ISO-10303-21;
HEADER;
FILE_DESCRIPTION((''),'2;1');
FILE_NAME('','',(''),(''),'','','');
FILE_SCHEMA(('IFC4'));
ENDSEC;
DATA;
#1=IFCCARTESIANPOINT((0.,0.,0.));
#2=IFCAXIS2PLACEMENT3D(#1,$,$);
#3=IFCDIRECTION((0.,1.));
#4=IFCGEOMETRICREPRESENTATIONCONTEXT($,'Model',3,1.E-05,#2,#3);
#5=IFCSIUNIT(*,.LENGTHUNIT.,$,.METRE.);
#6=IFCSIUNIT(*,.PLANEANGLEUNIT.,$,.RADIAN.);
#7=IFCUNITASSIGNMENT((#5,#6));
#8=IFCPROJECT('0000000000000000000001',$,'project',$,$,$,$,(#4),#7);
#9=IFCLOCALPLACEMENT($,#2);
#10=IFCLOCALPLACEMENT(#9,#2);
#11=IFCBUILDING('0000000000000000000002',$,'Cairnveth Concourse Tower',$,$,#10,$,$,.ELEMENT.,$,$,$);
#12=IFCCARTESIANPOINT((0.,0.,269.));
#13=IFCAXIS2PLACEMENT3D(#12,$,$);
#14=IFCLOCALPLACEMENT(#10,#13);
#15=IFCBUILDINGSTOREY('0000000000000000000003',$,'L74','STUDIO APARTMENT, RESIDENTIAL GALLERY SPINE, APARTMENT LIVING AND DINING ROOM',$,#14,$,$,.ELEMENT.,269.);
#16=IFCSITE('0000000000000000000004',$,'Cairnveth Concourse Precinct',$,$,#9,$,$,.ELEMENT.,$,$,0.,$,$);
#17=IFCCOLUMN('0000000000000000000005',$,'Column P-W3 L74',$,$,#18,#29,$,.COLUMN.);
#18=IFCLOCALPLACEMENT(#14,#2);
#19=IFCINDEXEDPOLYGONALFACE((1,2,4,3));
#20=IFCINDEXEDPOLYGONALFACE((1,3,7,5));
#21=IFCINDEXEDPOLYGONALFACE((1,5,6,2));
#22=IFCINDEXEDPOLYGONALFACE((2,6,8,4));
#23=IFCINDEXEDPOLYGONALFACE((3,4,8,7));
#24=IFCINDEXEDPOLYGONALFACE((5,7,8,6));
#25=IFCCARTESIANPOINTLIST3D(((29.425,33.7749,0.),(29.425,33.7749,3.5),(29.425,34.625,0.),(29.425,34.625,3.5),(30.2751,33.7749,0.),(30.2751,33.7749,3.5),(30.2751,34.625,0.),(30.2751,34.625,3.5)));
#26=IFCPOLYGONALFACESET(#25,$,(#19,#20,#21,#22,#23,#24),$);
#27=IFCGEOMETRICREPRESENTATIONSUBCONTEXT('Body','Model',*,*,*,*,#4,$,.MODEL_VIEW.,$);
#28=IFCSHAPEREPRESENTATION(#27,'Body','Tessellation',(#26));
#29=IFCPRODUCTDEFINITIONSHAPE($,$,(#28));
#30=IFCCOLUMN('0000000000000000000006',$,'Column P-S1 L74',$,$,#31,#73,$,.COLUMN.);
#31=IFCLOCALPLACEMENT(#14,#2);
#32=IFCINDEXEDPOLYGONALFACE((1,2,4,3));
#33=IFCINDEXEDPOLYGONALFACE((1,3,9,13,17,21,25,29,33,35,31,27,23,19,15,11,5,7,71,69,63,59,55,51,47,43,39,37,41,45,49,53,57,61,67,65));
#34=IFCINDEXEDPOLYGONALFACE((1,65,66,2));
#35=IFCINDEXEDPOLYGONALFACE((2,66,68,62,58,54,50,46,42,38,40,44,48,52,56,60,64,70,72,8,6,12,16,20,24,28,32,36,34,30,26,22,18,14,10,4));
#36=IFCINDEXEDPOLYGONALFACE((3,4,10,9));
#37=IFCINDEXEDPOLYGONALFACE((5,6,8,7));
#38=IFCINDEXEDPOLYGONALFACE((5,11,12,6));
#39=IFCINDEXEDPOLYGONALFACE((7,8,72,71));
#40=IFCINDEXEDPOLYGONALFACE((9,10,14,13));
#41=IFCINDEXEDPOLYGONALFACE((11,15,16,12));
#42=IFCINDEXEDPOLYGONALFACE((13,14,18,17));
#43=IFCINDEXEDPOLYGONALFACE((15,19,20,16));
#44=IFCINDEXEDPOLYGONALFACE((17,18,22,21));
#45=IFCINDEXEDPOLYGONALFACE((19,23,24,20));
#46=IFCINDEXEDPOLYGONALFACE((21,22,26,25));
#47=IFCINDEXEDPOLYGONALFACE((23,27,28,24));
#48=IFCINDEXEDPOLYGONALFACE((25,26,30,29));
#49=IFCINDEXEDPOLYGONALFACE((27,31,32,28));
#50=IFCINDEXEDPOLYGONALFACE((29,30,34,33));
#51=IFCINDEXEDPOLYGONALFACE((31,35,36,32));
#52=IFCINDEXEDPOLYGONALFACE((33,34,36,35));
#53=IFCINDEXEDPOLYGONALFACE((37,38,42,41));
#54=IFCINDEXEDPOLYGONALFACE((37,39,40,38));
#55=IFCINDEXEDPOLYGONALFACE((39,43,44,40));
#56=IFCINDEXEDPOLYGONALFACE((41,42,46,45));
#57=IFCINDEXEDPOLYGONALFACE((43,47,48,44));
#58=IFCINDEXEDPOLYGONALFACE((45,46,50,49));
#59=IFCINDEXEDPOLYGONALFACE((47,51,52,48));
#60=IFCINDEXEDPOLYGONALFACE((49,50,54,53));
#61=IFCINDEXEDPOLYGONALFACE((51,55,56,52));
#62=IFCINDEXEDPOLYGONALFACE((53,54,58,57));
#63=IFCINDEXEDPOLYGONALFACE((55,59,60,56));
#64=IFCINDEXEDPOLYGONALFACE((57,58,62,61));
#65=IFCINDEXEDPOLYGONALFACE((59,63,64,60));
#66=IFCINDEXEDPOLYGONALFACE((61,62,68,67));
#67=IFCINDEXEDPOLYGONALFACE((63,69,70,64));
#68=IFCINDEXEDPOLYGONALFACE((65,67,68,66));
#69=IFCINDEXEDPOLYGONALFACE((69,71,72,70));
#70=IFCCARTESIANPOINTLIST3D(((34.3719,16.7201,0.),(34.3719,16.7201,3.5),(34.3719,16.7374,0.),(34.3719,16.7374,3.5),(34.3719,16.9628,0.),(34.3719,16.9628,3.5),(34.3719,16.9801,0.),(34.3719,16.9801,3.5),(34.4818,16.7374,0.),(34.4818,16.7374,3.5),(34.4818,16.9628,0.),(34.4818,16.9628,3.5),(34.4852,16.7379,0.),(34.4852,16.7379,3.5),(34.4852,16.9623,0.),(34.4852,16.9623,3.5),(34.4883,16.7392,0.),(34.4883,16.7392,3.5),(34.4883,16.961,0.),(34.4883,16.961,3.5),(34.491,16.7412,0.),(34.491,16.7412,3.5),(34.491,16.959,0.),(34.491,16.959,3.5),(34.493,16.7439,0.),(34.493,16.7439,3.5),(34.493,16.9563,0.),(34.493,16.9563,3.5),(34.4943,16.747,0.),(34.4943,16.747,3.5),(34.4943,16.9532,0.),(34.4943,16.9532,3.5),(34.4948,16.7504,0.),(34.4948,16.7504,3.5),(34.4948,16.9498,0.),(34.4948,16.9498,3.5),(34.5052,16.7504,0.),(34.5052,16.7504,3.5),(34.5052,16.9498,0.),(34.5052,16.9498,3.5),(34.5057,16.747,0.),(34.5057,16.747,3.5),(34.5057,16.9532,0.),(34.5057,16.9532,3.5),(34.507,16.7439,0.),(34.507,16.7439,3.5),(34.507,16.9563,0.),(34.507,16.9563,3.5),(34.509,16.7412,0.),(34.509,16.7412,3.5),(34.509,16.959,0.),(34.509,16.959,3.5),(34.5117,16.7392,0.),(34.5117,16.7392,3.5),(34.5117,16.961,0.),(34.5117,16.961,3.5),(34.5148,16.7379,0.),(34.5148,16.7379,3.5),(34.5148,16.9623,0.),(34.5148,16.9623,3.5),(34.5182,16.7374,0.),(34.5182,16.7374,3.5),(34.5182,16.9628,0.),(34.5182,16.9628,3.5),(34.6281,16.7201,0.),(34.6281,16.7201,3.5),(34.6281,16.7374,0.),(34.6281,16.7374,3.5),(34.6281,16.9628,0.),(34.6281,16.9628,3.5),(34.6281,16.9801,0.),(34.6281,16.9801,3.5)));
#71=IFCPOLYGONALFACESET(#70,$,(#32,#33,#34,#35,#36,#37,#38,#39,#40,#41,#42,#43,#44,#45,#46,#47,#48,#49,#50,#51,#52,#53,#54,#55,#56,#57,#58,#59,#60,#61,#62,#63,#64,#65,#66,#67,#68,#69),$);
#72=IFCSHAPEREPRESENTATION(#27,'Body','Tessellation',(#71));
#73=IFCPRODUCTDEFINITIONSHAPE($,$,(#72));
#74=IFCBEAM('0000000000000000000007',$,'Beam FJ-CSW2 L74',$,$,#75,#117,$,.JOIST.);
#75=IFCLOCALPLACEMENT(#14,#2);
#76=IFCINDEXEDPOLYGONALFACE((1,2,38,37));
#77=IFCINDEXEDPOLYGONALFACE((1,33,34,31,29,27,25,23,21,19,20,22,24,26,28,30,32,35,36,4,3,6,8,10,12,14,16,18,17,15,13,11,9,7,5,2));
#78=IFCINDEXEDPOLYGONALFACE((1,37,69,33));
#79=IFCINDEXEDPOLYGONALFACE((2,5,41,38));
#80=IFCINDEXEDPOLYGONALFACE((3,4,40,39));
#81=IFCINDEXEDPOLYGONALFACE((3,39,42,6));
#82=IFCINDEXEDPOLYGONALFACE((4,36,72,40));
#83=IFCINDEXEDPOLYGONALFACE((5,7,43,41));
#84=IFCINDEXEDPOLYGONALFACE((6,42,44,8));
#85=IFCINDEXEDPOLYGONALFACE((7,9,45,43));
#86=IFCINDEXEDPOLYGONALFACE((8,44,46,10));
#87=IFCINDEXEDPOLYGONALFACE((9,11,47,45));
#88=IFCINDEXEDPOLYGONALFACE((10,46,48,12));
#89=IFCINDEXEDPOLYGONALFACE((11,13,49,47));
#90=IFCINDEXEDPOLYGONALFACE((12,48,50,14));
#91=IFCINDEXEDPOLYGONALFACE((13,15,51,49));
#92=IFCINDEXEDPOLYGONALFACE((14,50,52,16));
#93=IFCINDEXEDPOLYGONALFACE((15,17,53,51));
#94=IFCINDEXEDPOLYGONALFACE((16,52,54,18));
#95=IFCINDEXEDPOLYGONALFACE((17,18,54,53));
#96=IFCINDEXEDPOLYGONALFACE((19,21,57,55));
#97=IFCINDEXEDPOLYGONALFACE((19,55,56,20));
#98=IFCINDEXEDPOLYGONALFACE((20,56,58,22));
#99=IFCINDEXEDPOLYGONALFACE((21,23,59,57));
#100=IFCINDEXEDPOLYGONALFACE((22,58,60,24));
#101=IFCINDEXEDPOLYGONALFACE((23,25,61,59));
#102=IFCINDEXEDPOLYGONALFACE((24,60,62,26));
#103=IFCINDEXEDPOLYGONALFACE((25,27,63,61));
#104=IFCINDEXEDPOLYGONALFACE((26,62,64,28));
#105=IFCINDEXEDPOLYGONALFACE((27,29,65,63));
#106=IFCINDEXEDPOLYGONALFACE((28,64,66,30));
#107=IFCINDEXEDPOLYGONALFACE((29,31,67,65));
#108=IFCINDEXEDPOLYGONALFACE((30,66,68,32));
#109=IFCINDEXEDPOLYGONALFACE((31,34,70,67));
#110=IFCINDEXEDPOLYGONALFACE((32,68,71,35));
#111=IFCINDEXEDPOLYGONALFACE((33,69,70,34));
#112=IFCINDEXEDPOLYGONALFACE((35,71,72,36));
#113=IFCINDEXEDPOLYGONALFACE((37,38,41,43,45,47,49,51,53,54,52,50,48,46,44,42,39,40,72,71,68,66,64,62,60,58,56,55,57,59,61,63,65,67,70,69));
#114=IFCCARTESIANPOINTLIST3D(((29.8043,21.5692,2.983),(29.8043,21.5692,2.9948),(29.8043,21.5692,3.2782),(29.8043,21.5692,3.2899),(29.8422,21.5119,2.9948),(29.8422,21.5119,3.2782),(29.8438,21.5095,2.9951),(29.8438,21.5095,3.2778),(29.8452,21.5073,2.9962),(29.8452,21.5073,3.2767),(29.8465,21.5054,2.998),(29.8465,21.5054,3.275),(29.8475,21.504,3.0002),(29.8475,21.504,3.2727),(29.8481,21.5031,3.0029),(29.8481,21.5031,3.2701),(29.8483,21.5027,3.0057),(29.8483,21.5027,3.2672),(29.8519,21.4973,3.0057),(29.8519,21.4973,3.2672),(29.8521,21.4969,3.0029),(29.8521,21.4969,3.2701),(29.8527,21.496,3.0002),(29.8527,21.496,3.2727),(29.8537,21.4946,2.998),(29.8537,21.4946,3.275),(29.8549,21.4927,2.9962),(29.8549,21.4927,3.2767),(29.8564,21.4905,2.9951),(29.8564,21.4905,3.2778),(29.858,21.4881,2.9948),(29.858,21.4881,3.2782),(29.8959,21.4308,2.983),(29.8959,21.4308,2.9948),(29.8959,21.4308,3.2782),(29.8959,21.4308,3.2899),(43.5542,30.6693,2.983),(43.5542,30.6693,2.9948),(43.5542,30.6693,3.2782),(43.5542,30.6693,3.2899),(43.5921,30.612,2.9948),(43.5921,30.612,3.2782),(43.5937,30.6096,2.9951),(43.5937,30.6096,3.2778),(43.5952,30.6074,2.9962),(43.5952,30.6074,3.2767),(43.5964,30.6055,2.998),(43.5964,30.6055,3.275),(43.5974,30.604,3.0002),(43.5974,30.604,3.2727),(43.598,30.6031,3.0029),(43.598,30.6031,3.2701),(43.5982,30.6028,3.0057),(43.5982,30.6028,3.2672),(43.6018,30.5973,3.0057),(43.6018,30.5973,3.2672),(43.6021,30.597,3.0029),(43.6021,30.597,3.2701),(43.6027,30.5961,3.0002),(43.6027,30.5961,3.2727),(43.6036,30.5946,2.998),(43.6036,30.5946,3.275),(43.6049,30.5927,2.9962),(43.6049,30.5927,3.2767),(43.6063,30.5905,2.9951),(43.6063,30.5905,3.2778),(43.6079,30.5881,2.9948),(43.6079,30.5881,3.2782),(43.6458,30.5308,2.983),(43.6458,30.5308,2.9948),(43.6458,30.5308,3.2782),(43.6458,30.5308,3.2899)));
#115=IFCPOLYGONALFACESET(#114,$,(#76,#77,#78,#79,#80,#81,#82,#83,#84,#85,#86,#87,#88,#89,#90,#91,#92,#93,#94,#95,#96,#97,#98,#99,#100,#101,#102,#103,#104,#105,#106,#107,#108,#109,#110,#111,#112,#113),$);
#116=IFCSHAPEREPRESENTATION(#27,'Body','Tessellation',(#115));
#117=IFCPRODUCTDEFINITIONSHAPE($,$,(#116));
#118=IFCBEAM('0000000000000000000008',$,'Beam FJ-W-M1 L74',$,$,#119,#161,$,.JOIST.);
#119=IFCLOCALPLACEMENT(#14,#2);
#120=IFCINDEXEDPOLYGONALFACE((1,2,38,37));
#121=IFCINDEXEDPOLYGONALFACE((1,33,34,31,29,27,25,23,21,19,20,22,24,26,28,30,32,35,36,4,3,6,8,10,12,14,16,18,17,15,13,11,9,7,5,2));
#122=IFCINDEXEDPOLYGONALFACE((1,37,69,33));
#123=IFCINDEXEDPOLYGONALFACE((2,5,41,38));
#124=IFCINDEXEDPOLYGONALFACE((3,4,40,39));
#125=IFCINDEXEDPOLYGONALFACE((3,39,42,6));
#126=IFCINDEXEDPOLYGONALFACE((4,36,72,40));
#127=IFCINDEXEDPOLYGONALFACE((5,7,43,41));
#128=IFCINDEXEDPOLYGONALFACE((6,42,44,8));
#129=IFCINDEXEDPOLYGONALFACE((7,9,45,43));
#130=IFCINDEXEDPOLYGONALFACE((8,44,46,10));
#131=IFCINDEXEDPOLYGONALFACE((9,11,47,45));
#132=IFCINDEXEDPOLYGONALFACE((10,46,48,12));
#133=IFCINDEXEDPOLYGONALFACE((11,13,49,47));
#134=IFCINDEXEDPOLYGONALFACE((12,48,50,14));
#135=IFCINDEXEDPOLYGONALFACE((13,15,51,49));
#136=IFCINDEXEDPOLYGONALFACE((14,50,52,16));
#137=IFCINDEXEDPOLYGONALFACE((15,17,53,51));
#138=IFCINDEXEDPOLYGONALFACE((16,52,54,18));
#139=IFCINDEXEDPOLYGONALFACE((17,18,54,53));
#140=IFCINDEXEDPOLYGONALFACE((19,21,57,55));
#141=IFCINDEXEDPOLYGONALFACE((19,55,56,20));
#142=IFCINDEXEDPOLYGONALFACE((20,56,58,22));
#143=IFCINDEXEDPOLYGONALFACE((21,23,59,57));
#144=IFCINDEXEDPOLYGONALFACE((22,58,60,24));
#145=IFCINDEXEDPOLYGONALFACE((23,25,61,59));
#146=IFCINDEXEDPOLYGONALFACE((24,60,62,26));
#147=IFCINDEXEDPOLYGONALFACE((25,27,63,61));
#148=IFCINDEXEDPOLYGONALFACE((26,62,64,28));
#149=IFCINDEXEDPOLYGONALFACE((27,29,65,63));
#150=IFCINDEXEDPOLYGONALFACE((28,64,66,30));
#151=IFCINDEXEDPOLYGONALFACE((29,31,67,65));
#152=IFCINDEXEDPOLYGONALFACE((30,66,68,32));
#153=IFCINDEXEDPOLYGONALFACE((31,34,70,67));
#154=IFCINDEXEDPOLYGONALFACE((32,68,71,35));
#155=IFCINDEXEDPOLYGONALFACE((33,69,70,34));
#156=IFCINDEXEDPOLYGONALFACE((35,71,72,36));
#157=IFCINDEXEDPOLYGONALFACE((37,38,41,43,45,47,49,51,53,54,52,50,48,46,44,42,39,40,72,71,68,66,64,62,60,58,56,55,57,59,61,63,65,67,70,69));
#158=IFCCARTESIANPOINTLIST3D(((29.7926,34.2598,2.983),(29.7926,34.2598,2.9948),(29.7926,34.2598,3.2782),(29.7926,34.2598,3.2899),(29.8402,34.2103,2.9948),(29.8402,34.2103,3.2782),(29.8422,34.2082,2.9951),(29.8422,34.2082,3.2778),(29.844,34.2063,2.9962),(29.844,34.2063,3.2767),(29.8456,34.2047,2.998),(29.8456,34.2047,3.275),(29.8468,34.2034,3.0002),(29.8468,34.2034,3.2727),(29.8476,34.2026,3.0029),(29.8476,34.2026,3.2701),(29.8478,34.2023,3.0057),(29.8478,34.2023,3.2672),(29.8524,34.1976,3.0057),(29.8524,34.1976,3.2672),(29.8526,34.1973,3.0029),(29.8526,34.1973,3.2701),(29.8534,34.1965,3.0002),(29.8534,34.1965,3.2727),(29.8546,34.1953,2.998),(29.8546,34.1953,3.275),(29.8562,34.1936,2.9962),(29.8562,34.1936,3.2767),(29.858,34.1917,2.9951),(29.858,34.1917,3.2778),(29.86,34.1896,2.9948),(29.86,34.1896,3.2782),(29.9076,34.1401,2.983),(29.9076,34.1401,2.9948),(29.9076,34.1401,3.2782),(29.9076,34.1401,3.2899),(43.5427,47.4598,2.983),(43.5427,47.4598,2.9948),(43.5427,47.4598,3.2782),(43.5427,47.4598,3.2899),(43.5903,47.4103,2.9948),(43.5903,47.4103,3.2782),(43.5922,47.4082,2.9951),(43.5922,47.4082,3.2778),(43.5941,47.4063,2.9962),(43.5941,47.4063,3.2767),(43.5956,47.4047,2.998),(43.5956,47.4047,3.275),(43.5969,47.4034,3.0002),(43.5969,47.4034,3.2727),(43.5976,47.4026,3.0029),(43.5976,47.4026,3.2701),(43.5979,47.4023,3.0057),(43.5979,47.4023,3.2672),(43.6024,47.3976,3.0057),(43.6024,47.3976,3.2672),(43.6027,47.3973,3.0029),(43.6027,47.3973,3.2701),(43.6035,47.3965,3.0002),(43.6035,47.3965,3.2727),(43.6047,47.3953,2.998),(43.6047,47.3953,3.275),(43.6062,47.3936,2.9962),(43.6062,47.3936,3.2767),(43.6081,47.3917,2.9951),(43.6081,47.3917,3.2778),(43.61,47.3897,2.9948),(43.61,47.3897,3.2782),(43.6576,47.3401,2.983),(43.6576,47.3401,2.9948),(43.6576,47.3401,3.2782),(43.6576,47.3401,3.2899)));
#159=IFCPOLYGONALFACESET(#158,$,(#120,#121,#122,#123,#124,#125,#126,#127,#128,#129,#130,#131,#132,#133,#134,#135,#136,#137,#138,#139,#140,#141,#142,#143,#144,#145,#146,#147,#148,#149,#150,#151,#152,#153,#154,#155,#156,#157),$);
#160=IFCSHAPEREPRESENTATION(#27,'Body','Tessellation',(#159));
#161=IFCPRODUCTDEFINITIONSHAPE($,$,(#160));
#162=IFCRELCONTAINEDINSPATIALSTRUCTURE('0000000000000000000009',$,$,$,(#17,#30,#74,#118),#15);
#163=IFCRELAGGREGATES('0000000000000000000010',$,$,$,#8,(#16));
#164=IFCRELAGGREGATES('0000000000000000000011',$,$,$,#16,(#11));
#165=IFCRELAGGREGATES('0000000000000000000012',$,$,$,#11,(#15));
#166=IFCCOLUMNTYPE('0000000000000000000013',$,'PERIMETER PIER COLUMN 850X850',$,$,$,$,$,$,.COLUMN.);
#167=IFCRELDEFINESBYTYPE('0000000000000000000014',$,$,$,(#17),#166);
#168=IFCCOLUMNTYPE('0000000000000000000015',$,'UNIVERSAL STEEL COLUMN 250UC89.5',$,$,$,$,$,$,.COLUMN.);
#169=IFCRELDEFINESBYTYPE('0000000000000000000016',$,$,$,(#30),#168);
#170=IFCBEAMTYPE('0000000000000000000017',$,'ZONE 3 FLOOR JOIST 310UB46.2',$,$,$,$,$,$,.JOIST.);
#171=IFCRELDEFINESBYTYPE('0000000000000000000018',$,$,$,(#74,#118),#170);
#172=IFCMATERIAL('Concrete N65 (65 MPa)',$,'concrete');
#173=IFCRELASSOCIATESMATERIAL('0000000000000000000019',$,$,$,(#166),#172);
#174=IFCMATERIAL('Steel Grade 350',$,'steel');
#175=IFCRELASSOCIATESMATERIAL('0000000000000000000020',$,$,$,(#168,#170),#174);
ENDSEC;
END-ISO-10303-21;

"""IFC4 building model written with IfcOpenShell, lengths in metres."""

from ifc_helpers import new_model, si_unit, direction, frame, origin, origin_2d, place, context, subcontext, project, spatial, rectangle, i_section, extrude, material, material_profile, profile_set, type_object, element, save


model = new_model("IFC4")

# Units and contexts
model_context = context("Model", 3, precision=1e-05, world=origin(), true_north=direction((0.0, 1.0)))
body_context = subcontext(model_context, "Body", "Model", "MODEL_VIEW")
ifc_project = project(units=[si_unit("LENGTHUNIT", "METRE"), si_unit("PLANEANGLEUNIT", "RADIAN")], contexts=[model_context])

# Site, building, storey
site_placement = place(None, origin())
site = spatial("IfcSite", under=ifc_project, at=site_placement, Name="Cairnveth Concourse Precinct", CompositionType="ELEMENT", RefElevation=0.0)
building_placement = place(site_placement, origin())
building = spatial("IfcBuilding", under=site, at=building_placement, Name="Cairnveth Concourse Tower", CompositionType="ELEMENT")
storey_placement = place(building_placement, frame((0.0, 0.0, 269.0)))
storey = spatial("IfcBuildingStorey", under=building, at=storey_placement, Name="L74", Description="STUDIO APARTMENT, RESIDENTIAL GALLERY SPINE, APARTMENT LIVING AND DINING ROOM", CompositionType="ELEMENT", Elevation=269.0)

# Columns
ifc_material_1 = material(Name="Concrete N65 (65 MPa)", Category="concrete")
ifc_material_profile_1 = material_profile(ifc_material_1, rectangle(XDim=0.8501, YDim=0.8501, at=origin_2d()), Name="RC-COL-850x850")
ifc_profile_set_1 = profile_set([ifc_material_profile_1], Name="Concrete N65 (65 MPa)")
column_type_1 = type_object("IfcColumnType", Name="PERIMETER PIER COLUMN 850X850", PredefinedType="COLUMN", material=ifc_profile_set_1)
column_1_placement = place(storey_placement, frame((29.8501, 34.2, 0.0), z_axis=(0.0, 0.0, 1.0), x_axis=(0.0, 1.0, 0.0)))
element("IfcColumn", 1, at=column_1_placement, inside=storey, type_object=column_type_1, Name="Column P-W3 L74", PredefinedType="COLUMN", context=body_context, shape_type="SweptSolid", body=[
    extrude(rectangle(XDim=0.8501, YDim=0.8501, at=origin_2d()), origin(), (0.0, 0.0, 1.0), 3.5),
])
ifc_material_2 = material(Name="Steel Grade 350", Category="steel")
ifc_material_profile_2 = material_profile(ifc_material_2, i_section(OverallWidth=0.2561, OverallDepth=0.26, WebThickness=0.0105, FlangeThickness=0.0173, FilletRadius=0.0129, at=origin_2d()), Name="250UC89.5")
ifc_profile_set_2 = profile_set([ifc_material_profile_2], Name="Steel Grade 350")
column_type_2 = type_object("IfcColumnType", Name="UNIVERSAL STEEL COLUMN 250UC89.5", PredefinedType="COLUMN", material=ifc_profile_set_2)
column_2_placement = place(storey_placement, frame((34.5, 16.8501, 0.0), z_axis=(0.0, 0.0, 1.0), x_axis=(1.0, 0.0, 0.0)))
element("IfcColumn", 2, at=column_2_placement, inside=storey, type_object=column_type_2, Name="Column P-S1 L74", PredefinedType="COLUMN", context=body_context, shape_type="SweptSolid", body=[
    extrude(i_section(OverallWidth=0.2561, OverallDepth=0.26, WebThickness=0.0105, FlangeThickness=0.0173, FilletRadius=0.0129, at=origin_2d()), origin(), (0.0, 0.0, 1.0), 3.5),
])

# Beams
ifc_material_profile_3 = material_profile(ifc_material_2, i_section(OverallWidth=0.166, OverallDepth=0.3069, WebThickness=0.0066, FlangeThickness=0.0117, FilletRadius=0.011, at=origin_2d()), Name="310UB46.2")
ifc_profile_set_3 = profile_set([ifc_material_profile_3], Name="Steel Grade 350")
beam_type_1 = type_object("IfcBeamType", Name="ZONE 3 FLOOR JOIST 310UB46.2", PredefinedType="JOIST", material=ifc_profile_set_3)
beam_1_placement = place(storey_placement, frame((29.8501, 21.5, 3.1365), z_axis=(0.833909, 0.551902, 0.0), x_axis=(-0.551902, 0.833909, 0.0)))
element("IfcBeam", 3, at=beam_1_placement, inside=storey, type_object=beam_type_1, Name="Beam FJ-CSW2 L74", PredefinedType="JOIST", context=body_context, shape_type="SweptSolid", body=[
    extrude(i_section(OverallWidth=0.166, OverallDepth=0.3069, WebThickness=0.0066, FlangeThickness=0.0117, FilletRadius=0.011, at=origin_2d()), origin(), (0.0, 0.0, 1.0), 16.4885),
])
beam_2_placement = place(storey_placement, frame((29.8501, 34.2, 3.1365), z_axis=(0.721389, 0.69253, 0.0), x_axis=(-0.69253, 0.721389, 0.0)))
element("IfcBeam", 4, at=beam_2_placement, inside=storey, type_object=beam_type_1, Name="Beam FJ-W-M1 L74", PredefinedType="JOIST", context=body_context, shape_type="SweptSolid", body=[
    extrude(i_section(OverallWidth=0.166, OverallDepth=0.3069, WebThickness=0.0066, FlangeThickness=0.0117, FilletRadius=0.011, at=origin_2d()), origin(), (0.0, 0.0, 1.0), 19.0605),
])

save(model, "model.ifc")
